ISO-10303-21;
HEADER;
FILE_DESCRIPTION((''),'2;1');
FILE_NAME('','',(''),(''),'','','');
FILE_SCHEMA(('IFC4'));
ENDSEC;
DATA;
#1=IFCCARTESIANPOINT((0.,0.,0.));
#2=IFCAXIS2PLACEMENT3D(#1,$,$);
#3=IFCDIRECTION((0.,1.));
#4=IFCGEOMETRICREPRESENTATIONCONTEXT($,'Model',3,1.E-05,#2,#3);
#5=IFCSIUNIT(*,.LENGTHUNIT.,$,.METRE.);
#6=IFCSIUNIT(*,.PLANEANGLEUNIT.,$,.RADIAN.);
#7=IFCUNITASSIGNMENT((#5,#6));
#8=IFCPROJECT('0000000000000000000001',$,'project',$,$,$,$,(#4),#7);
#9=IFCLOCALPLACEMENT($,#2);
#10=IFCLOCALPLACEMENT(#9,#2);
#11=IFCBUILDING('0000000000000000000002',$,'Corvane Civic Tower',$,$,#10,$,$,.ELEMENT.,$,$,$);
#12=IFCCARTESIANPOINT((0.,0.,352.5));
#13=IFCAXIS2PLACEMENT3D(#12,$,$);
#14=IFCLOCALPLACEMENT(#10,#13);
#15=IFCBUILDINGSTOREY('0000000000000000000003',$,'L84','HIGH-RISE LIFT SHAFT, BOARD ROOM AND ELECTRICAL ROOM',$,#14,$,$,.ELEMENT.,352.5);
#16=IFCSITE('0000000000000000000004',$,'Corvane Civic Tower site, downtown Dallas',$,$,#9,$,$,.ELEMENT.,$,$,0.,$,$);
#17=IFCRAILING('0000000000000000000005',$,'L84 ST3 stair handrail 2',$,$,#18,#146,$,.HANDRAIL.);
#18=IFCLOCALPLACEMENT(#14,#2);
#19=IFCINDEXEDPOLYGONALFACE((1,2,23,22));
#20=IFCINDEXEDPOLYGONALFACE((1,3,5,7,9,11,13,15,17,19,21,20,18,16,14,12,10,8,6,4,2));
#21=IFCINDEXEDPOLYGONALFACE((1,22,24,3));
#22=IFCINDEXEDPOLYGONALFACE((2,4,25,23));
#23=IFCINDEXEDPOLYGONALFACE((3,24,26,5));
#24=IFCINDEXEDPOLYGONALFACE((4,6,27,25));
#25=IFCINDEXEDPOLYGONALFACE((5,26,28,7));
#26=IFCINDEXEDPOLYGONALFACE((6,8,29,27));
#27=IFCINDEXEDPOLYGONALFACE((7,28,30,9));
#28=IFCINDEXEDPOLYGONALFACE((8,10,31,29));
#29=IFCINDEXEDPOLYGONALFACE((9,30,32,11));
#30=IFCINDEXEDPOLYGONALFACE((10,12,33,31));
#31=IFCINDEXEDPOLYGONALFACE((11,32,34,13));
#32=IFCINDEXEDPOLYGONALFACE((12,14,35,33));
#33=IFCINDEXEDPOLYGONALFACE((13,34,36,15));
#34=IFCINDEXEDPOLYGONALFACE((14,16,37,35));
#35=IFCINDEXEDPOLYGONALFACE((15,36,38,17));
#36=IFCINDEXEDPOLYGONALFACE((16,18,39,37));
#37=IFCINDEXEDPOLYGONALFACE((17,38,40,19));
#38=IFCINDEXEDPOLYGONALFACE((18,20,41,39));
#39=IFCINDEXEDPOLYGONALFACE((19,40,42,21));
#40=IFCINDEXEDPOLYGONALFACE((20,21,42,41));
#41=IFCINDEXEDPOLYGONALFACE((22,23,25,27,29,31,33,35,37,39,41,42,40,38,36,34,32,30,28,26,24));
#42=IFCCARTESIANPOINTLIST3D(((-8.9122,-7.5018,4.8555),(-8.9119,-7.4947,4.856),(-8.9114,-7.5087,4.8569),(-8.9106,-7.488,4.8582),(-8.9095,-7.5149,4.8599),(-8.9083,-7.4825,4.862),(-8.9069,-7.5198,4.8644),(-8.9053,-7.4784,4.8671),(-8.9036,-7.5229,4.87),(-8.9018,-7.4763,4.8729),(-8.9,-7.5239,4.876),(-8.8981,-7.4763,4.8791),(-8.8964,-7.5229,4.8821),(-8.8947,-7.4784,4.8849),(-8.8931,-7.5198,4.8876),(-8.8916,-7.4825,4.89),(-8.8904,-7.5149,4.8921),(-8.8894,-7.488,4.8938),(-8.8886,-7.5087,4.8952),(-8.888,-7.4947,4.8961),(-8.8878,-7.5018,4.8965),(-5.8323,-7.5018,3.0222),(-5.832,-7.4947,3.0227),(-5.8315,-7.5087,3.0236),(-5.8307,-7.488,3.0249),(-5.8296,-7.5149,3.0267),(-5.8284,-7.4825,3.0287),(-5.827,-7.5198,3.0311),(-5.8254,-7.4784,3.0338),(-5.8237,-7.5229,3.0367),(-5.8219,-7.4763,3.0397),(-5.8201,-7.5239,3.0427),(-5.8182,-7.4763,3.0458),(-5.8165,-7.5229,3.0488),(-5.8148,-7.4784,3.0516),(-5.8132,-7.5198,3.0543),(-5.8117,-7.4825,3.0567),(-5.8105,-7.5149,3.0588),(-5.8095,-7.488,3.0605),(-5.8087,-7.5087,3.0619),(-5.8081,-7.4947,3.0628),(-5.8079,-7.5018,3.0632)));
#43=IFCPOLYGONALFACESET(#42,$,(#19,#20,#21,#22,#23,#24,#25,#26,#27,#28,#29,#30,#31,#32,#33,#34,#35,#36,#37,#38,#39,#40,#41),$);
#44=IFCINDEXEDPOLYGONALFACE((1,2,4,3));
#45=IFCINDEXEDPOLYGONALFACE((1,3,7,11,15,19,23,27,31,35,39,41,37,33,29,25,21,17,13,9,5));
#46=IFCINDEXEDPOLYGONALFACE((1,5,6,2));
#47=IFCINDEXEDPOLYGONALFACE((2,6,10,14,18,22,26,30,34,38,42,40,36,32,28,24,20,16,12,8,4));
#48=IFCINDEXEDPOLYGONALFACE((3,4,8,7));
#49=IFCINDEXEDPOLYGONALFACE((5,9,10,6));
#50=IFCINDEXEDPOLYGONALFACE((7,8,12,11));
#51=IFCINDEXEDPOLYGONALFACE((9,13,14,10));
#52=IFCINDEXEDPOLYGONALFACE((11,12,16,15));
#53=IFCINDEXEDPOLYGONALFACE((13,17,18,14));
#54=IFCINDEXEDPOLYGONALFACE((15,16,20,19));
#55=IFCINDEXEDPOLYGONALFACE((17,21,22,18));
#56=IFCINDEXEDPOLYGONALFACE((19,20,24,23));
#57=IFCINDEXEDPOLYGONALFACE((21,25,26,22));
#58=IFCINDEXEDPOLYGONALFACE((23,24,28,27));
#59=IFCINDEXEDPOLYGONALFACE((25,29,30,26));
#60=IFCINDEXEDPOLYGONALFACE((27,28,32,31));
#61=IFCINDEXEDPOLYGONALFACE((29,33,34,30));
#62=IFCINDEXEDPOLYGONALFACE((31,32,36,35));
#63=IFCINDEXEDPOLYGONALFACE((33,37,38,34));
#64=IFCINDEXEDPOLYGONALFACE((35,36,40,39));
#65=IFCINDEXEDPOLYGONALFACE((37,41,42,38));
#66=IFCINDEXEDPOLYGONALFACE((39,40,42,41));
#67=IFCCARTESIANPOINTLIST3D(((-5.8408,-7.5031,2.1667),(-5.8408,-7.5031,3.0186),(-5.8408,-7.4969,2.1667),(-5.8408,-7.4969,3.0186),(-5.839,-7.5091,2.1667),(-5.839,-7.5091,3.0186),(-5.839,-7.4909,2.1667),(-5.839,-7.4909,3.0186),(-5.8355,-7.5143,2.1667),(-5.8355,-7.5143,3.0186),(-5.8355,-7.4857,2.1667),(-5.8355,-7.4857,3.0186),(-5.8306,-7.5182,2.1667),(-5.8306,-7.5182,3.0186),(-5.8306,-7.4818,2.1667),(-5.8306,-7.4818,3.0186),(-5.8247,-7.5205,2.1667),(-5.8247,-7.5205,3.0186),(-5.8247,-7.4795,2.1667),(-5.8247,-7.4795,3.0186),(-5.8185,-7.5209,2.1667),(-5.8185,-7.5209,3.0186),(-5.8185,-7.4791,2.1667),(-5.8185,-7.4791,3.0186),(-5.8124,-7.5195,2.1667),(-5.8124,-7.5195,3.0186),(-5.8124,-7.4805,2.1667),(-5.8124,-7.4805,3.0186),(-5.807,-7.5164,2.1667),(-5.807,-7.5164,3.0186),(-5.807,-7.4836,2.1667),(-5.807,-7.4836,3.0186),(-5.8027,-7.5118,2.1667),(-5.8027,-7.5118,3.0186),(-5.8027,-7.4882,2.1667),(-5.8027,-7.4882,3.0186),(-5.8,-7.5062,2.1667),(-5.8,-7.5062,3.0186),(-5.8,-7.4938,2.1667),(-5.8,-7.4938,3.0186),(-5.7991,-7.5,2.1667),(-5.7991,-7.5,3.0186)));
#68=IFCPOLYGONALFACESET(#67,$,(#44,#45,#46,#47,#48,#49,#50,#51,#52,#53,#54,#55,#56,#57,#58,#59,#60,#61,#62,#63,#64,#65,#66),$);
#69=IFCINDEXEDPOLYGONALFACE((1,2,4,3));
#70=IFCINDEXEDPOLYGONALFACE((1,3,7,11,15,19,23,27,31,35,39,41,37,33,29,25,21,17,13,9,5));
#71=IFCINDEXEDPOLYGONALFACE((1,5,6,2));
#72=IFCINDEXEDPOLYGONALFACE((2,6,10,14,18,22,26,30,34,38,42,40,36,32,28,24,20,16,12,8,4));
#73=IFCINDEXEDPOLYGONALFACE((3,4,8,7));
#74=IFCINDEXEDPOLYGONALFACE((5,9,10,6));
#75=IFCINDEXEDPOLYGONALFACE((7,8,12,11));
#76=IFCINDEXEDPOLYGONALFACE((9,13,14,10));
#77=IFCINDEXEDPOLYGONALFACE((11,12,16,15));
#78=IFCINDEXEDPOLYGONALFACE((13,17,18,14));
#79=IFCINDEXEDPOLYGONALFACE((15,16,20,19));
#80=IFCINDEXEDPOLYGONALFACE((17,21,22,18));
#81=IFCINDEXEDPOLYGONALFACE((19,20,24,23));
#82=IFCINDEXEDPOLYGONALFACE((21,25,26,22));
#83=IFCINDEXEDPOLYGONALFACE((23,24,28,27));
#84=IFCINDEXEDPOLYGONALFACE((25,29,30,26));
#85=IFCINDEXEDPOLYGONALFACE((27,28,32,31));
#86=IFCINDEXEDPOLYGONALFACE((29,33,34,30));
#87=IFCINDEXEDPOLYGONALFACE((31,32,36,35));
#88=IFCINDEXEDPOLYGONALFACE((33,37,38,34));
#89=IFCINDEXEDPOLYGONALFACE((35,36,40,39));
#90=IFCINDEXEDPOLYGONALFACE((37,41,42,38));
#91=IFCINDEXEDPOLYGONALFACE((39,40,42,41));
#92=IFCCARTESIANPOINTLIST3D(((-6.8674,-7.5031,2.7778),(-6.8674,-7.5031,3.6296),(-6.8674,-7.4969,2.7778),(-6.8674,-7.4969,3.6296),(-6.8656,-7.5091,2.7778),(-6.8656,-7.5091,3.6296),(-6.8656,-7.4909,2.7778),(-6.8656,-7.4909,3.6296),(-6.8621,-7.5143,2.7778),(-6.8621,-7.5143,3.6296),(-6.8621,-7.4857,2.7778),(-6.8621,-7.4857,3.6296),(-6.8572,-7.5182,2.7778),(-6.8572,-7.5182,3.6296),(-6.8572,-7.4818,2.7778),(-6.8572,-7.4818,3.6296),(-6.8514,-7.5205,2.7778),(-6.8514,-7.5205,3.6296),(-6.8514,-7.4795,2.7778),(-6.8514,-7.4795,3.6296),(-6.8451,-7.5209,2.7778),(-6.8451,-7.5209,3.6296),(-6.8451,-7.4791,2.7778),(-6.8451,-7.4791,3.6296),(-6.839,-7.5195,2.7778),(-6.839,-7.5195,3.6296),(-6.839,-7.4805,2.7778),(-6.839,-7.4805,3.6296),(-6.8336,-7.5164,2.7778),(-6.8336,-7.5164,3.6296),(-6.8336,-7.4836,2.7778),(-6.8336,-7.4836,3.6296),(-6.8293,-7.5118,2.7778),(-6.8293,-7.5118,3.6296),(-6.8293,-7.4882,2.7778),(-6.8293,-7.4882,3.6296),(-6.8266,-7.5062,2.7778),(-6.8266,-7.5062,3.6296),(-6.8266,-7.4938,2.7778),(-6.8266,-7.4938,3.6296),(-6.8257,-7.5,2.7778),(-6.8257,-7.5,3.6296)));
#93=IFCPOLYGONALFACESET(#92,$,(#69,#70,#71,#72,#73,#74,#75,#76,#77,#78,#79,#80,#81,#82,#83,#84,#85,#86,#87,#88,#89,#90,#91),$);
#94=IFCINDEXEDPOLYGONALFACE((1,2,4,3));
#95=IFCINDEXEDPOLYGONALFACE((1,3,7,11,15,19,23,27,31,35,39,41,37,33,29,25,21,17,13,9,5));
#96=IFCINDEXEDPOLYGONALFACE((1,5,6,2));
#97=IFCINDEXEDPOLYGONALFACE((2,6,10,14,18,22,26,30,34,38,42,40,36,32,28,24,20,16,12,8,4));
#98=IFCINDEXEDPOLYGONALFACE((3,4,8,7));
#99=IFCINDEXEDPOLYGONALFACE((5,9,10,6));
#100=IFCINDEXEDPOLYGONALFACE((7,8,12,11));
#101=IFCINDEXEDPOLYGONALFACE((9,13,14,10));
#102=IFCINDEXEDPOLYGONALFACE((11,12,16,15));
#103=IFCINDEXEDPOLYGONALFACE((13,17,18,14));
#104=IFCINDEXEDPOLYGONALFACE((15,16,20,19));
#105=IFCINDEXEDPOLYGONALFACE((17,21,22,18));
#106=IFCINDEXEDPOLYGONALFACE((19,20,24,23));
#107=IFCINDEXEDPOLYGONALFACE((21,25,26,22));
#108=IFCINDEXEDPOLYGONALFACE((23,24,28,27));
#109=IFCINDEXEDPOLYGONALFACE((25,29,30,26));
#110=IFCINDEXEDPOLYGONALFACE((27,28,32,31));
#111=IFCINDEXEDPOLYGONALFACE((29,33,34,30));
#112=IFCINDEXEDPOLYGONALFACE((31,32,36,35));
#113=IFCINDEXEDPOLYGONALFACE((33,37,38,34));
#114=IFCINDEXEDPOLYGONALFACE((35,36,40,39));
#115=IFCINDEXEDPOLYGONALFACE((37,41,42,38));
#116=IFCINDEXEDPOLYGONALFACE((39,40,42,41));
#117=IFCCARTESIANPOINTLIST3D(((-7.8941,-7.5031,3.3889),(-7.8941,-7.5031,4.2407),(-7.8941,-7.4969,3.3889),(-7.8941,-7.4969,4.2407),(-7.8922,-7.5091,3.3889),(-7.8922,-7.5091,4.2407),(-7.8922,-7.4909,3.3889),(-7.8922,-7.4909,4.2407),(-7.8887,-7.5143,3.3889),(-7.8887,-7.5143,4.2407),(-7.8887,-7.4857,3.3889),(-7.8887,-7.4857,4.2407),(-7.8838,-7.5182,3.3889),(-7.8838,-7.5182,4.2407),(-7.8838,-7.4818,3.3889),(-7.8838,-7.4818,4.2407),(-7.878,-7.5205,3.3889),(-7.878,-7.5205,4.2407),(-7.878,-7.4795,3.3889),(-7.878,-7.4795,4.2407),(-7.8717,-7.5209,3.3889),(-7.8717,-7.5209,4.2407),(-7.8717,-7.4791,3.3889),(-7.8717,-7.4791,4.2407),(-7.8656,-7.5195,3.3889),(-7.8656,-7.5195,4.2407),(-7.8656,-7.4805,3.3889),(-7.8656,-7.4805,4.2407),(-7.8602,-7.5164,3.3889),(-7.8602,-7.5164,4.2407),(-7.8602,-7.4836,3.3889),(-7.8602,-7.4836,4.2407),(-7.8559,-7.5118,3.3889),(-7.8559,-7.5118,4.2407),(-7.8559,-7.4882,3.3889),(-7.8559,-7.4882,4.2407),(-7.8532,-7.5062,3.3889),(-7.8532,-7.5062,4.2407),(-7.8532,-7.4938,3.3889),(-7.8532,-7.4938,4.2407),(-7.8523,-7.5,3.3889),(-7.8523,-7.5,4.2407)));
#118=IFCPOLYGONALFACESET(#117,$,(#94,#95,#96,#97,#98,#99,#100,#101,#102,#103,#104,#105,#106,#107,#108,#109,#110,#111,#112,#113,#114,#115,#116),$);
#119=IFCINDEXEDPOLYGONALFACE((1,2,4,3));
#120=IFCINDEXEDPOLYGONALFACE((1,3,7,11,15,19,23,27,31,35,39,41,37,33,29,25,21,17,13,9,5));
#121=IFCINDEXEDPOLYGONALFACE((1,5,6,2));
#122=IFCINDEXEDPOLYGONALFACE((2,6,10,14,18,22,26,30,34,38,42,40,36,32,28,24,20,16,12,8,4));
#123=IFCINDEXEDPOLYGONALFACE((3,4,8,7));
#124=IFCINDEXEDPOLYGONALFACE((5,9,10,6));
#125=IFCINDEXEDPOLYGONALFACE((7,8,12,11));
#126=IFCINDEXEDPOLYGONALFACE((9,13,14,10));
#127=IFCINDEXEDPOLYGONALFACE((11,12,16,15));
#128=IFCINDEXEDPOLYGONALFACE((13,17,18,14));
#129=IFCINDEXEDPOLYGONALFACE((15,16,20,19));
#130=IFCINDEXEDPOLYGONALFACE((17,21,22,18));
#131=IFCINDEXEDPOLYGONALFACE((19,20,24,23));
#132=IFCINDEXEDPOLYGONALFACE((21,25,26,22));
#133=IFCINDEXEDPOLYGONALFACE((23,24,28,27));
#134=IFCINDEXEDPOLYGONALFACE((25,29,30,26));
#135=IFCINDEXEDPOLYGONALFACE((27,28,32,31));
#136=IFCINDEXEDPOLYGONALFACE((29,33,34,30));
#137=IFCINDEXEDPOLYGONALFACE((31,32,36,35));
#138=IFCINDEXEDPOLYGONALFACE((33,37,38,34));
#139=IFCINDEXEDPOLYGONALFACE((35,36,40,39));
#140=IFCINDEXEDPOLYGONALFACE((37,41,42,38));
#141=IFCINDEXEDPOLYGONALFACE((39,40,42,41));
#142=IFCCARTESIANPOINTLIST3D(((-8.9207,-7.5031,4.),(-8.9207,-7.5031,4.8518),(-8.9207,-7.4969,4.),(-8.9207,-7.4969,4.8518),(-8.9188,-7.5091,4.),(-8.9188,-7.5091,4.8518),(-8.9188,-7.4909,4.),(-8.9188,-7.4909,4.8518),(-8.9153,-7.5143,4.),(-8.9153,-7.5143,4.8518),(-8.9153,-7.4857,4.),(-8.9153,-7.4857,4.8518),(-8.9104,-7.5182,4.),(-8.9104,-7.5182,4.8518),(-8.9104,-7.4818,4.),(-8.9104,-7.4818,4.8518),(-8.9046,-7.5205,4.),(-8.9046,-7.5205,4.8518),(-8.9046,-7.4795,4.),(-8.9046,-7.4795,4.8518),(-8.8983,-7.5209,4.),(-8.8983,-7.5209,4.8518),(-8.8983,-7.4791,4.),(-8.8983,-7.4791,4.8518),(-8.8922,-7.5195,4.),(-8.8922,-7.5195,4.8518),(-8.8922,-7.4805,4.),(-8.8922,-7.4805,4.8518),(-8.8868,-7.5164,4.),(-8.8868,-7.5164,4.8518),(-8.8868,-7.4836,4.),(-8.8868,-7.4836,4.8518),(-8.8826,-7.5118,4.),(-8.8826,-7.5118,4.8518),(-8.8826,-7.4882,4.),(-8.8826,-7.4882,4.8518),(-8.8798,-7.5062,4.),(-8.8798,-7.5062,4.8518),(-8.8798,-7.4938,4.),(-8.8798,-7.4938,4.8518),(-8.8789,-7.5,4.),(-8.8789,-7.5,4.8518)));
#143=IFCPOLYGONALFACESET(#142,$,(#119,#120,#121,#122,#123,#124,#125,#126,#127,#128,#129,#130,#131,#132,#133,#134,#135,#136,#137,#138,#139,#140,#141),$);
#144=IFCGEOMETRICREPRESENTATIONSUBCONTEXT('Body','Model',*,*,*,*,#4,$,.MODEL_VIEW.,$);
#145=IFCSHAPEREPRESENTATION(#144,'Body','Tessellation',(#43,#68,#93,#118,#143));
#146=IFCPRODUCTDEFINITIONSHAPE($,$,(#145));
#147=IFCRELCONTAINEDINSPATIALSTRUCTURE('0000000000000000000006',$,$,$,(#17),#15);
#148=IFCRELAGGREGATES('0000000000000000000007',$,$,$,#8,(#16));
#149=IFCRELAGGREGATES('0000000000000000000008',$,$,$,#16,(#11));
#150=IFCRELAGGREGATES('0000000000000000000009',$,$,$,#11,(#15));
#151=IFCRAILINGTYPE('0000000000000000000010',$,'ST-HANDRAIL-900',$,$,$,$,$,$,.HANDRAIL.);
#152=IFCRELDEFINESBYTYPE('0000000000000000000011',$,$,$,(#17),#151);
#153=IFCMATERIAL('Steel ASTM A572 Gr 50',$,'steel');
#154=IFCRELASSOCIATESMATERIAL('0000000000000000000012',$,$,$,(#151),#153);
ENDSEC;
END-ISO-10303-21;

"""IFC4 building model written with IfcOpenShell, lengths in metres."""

from ifc_helpers import new_model, si_unit, direction, frame, origin, origin_2d, place, context, subcontext, project, spatial, circle, extrude, material, type_object, element, save


model = new_model("IFC4")

# Units and contexts
model_context = context("Model", 3, precision=1e-05, world=origin(), true_north=direction((0.0, 1.0)))
body_context = subcontext(model_context, "Body", "Model", "MODEL_VIEW")
ifc_project = project(units=[si_unit("LENGTHUNIT", "METRE"), si_unit("PLANEANGLEUNIT", "RADIAN")], contexts=[model_context])

# Site, building, storey
site_placement = place(None, origin())
site = spatial("IfcSite", under=ifc_project, at=site_placement, Name="Corvane Civic Tower site, downtown Dallas", CompositionType="ELEMENT", RefElevation=0.0)
building_placement = place(site_placement, origin())
building = spatial("IfcBuilding", under=site, at=building_placement, Name="Corvane Civic Tower", CompositionType="ELEMENT")
storey_placement = place(building_placement, frame((0.0, 0.0, 352.5)))
storey = spatial("IfcBuildingStorey", under=building, at=storey_placement, Name="L84", Description="HIGH-RISE LIFT SHAFT, BOARD ROOM AND ELECTRICAL ROOM", CompositionType="ELEMENT", Elevation=352.5)

# Railing
ifc_material_1 = material(Name="Steel ASTM A572 Gr 50", Category="steel")
railing_type_1 = type_object("IfcRailingType", Name="ST-HANDRAIL-900", PredefinedType="HANDRAIL", material=ifc_material_1)
railing_1_placement = place(storey_placement, frame((-5.8201, -7.5, 2.1667)))
element("IfcRailing", 1, at=railing_1_placement, inside=storey, type_object=railing_type_1, Name="L84 ST3 stair handrail 2", PredefinedType="HANDRAIL", context=body_context, shape_type="SweptSolid", body=[
    extrude(circle(Radius=0.0239, at=origin_2d()), frame((0.0, 0.0, 0.876), z_axis=(-0.859291, 0.0, 0.511487), x_axis=(0.0, -1.0, 0.0)), (0.0, 0.0, 1.0), 3.5842),
    extrude(circle(Radius=0.021, at=origin_2d()), origin(), (0.0, 0.0, 1.0), 0.8518),
    extrude(circle(Radius=0.021, at=origin_2d()), frame((-1.0266, 0.0, 0.6111)), (0.0, 0.0, 1.0), 0.8518),
    extrude(circle(Radius=0.021, at=origin_2d()), frame((-2.0532, 0.0, 1.2222)), (0.0, 0.0, 1.0), 0.8518),
    extrude(circle(Radius=0.021, at=origin_2d()), frame((-3.0798, 0.0, 1.8333)), (0.0, 0.0, 1.0), 0.8518),
])

save(model, "model.ifc")
